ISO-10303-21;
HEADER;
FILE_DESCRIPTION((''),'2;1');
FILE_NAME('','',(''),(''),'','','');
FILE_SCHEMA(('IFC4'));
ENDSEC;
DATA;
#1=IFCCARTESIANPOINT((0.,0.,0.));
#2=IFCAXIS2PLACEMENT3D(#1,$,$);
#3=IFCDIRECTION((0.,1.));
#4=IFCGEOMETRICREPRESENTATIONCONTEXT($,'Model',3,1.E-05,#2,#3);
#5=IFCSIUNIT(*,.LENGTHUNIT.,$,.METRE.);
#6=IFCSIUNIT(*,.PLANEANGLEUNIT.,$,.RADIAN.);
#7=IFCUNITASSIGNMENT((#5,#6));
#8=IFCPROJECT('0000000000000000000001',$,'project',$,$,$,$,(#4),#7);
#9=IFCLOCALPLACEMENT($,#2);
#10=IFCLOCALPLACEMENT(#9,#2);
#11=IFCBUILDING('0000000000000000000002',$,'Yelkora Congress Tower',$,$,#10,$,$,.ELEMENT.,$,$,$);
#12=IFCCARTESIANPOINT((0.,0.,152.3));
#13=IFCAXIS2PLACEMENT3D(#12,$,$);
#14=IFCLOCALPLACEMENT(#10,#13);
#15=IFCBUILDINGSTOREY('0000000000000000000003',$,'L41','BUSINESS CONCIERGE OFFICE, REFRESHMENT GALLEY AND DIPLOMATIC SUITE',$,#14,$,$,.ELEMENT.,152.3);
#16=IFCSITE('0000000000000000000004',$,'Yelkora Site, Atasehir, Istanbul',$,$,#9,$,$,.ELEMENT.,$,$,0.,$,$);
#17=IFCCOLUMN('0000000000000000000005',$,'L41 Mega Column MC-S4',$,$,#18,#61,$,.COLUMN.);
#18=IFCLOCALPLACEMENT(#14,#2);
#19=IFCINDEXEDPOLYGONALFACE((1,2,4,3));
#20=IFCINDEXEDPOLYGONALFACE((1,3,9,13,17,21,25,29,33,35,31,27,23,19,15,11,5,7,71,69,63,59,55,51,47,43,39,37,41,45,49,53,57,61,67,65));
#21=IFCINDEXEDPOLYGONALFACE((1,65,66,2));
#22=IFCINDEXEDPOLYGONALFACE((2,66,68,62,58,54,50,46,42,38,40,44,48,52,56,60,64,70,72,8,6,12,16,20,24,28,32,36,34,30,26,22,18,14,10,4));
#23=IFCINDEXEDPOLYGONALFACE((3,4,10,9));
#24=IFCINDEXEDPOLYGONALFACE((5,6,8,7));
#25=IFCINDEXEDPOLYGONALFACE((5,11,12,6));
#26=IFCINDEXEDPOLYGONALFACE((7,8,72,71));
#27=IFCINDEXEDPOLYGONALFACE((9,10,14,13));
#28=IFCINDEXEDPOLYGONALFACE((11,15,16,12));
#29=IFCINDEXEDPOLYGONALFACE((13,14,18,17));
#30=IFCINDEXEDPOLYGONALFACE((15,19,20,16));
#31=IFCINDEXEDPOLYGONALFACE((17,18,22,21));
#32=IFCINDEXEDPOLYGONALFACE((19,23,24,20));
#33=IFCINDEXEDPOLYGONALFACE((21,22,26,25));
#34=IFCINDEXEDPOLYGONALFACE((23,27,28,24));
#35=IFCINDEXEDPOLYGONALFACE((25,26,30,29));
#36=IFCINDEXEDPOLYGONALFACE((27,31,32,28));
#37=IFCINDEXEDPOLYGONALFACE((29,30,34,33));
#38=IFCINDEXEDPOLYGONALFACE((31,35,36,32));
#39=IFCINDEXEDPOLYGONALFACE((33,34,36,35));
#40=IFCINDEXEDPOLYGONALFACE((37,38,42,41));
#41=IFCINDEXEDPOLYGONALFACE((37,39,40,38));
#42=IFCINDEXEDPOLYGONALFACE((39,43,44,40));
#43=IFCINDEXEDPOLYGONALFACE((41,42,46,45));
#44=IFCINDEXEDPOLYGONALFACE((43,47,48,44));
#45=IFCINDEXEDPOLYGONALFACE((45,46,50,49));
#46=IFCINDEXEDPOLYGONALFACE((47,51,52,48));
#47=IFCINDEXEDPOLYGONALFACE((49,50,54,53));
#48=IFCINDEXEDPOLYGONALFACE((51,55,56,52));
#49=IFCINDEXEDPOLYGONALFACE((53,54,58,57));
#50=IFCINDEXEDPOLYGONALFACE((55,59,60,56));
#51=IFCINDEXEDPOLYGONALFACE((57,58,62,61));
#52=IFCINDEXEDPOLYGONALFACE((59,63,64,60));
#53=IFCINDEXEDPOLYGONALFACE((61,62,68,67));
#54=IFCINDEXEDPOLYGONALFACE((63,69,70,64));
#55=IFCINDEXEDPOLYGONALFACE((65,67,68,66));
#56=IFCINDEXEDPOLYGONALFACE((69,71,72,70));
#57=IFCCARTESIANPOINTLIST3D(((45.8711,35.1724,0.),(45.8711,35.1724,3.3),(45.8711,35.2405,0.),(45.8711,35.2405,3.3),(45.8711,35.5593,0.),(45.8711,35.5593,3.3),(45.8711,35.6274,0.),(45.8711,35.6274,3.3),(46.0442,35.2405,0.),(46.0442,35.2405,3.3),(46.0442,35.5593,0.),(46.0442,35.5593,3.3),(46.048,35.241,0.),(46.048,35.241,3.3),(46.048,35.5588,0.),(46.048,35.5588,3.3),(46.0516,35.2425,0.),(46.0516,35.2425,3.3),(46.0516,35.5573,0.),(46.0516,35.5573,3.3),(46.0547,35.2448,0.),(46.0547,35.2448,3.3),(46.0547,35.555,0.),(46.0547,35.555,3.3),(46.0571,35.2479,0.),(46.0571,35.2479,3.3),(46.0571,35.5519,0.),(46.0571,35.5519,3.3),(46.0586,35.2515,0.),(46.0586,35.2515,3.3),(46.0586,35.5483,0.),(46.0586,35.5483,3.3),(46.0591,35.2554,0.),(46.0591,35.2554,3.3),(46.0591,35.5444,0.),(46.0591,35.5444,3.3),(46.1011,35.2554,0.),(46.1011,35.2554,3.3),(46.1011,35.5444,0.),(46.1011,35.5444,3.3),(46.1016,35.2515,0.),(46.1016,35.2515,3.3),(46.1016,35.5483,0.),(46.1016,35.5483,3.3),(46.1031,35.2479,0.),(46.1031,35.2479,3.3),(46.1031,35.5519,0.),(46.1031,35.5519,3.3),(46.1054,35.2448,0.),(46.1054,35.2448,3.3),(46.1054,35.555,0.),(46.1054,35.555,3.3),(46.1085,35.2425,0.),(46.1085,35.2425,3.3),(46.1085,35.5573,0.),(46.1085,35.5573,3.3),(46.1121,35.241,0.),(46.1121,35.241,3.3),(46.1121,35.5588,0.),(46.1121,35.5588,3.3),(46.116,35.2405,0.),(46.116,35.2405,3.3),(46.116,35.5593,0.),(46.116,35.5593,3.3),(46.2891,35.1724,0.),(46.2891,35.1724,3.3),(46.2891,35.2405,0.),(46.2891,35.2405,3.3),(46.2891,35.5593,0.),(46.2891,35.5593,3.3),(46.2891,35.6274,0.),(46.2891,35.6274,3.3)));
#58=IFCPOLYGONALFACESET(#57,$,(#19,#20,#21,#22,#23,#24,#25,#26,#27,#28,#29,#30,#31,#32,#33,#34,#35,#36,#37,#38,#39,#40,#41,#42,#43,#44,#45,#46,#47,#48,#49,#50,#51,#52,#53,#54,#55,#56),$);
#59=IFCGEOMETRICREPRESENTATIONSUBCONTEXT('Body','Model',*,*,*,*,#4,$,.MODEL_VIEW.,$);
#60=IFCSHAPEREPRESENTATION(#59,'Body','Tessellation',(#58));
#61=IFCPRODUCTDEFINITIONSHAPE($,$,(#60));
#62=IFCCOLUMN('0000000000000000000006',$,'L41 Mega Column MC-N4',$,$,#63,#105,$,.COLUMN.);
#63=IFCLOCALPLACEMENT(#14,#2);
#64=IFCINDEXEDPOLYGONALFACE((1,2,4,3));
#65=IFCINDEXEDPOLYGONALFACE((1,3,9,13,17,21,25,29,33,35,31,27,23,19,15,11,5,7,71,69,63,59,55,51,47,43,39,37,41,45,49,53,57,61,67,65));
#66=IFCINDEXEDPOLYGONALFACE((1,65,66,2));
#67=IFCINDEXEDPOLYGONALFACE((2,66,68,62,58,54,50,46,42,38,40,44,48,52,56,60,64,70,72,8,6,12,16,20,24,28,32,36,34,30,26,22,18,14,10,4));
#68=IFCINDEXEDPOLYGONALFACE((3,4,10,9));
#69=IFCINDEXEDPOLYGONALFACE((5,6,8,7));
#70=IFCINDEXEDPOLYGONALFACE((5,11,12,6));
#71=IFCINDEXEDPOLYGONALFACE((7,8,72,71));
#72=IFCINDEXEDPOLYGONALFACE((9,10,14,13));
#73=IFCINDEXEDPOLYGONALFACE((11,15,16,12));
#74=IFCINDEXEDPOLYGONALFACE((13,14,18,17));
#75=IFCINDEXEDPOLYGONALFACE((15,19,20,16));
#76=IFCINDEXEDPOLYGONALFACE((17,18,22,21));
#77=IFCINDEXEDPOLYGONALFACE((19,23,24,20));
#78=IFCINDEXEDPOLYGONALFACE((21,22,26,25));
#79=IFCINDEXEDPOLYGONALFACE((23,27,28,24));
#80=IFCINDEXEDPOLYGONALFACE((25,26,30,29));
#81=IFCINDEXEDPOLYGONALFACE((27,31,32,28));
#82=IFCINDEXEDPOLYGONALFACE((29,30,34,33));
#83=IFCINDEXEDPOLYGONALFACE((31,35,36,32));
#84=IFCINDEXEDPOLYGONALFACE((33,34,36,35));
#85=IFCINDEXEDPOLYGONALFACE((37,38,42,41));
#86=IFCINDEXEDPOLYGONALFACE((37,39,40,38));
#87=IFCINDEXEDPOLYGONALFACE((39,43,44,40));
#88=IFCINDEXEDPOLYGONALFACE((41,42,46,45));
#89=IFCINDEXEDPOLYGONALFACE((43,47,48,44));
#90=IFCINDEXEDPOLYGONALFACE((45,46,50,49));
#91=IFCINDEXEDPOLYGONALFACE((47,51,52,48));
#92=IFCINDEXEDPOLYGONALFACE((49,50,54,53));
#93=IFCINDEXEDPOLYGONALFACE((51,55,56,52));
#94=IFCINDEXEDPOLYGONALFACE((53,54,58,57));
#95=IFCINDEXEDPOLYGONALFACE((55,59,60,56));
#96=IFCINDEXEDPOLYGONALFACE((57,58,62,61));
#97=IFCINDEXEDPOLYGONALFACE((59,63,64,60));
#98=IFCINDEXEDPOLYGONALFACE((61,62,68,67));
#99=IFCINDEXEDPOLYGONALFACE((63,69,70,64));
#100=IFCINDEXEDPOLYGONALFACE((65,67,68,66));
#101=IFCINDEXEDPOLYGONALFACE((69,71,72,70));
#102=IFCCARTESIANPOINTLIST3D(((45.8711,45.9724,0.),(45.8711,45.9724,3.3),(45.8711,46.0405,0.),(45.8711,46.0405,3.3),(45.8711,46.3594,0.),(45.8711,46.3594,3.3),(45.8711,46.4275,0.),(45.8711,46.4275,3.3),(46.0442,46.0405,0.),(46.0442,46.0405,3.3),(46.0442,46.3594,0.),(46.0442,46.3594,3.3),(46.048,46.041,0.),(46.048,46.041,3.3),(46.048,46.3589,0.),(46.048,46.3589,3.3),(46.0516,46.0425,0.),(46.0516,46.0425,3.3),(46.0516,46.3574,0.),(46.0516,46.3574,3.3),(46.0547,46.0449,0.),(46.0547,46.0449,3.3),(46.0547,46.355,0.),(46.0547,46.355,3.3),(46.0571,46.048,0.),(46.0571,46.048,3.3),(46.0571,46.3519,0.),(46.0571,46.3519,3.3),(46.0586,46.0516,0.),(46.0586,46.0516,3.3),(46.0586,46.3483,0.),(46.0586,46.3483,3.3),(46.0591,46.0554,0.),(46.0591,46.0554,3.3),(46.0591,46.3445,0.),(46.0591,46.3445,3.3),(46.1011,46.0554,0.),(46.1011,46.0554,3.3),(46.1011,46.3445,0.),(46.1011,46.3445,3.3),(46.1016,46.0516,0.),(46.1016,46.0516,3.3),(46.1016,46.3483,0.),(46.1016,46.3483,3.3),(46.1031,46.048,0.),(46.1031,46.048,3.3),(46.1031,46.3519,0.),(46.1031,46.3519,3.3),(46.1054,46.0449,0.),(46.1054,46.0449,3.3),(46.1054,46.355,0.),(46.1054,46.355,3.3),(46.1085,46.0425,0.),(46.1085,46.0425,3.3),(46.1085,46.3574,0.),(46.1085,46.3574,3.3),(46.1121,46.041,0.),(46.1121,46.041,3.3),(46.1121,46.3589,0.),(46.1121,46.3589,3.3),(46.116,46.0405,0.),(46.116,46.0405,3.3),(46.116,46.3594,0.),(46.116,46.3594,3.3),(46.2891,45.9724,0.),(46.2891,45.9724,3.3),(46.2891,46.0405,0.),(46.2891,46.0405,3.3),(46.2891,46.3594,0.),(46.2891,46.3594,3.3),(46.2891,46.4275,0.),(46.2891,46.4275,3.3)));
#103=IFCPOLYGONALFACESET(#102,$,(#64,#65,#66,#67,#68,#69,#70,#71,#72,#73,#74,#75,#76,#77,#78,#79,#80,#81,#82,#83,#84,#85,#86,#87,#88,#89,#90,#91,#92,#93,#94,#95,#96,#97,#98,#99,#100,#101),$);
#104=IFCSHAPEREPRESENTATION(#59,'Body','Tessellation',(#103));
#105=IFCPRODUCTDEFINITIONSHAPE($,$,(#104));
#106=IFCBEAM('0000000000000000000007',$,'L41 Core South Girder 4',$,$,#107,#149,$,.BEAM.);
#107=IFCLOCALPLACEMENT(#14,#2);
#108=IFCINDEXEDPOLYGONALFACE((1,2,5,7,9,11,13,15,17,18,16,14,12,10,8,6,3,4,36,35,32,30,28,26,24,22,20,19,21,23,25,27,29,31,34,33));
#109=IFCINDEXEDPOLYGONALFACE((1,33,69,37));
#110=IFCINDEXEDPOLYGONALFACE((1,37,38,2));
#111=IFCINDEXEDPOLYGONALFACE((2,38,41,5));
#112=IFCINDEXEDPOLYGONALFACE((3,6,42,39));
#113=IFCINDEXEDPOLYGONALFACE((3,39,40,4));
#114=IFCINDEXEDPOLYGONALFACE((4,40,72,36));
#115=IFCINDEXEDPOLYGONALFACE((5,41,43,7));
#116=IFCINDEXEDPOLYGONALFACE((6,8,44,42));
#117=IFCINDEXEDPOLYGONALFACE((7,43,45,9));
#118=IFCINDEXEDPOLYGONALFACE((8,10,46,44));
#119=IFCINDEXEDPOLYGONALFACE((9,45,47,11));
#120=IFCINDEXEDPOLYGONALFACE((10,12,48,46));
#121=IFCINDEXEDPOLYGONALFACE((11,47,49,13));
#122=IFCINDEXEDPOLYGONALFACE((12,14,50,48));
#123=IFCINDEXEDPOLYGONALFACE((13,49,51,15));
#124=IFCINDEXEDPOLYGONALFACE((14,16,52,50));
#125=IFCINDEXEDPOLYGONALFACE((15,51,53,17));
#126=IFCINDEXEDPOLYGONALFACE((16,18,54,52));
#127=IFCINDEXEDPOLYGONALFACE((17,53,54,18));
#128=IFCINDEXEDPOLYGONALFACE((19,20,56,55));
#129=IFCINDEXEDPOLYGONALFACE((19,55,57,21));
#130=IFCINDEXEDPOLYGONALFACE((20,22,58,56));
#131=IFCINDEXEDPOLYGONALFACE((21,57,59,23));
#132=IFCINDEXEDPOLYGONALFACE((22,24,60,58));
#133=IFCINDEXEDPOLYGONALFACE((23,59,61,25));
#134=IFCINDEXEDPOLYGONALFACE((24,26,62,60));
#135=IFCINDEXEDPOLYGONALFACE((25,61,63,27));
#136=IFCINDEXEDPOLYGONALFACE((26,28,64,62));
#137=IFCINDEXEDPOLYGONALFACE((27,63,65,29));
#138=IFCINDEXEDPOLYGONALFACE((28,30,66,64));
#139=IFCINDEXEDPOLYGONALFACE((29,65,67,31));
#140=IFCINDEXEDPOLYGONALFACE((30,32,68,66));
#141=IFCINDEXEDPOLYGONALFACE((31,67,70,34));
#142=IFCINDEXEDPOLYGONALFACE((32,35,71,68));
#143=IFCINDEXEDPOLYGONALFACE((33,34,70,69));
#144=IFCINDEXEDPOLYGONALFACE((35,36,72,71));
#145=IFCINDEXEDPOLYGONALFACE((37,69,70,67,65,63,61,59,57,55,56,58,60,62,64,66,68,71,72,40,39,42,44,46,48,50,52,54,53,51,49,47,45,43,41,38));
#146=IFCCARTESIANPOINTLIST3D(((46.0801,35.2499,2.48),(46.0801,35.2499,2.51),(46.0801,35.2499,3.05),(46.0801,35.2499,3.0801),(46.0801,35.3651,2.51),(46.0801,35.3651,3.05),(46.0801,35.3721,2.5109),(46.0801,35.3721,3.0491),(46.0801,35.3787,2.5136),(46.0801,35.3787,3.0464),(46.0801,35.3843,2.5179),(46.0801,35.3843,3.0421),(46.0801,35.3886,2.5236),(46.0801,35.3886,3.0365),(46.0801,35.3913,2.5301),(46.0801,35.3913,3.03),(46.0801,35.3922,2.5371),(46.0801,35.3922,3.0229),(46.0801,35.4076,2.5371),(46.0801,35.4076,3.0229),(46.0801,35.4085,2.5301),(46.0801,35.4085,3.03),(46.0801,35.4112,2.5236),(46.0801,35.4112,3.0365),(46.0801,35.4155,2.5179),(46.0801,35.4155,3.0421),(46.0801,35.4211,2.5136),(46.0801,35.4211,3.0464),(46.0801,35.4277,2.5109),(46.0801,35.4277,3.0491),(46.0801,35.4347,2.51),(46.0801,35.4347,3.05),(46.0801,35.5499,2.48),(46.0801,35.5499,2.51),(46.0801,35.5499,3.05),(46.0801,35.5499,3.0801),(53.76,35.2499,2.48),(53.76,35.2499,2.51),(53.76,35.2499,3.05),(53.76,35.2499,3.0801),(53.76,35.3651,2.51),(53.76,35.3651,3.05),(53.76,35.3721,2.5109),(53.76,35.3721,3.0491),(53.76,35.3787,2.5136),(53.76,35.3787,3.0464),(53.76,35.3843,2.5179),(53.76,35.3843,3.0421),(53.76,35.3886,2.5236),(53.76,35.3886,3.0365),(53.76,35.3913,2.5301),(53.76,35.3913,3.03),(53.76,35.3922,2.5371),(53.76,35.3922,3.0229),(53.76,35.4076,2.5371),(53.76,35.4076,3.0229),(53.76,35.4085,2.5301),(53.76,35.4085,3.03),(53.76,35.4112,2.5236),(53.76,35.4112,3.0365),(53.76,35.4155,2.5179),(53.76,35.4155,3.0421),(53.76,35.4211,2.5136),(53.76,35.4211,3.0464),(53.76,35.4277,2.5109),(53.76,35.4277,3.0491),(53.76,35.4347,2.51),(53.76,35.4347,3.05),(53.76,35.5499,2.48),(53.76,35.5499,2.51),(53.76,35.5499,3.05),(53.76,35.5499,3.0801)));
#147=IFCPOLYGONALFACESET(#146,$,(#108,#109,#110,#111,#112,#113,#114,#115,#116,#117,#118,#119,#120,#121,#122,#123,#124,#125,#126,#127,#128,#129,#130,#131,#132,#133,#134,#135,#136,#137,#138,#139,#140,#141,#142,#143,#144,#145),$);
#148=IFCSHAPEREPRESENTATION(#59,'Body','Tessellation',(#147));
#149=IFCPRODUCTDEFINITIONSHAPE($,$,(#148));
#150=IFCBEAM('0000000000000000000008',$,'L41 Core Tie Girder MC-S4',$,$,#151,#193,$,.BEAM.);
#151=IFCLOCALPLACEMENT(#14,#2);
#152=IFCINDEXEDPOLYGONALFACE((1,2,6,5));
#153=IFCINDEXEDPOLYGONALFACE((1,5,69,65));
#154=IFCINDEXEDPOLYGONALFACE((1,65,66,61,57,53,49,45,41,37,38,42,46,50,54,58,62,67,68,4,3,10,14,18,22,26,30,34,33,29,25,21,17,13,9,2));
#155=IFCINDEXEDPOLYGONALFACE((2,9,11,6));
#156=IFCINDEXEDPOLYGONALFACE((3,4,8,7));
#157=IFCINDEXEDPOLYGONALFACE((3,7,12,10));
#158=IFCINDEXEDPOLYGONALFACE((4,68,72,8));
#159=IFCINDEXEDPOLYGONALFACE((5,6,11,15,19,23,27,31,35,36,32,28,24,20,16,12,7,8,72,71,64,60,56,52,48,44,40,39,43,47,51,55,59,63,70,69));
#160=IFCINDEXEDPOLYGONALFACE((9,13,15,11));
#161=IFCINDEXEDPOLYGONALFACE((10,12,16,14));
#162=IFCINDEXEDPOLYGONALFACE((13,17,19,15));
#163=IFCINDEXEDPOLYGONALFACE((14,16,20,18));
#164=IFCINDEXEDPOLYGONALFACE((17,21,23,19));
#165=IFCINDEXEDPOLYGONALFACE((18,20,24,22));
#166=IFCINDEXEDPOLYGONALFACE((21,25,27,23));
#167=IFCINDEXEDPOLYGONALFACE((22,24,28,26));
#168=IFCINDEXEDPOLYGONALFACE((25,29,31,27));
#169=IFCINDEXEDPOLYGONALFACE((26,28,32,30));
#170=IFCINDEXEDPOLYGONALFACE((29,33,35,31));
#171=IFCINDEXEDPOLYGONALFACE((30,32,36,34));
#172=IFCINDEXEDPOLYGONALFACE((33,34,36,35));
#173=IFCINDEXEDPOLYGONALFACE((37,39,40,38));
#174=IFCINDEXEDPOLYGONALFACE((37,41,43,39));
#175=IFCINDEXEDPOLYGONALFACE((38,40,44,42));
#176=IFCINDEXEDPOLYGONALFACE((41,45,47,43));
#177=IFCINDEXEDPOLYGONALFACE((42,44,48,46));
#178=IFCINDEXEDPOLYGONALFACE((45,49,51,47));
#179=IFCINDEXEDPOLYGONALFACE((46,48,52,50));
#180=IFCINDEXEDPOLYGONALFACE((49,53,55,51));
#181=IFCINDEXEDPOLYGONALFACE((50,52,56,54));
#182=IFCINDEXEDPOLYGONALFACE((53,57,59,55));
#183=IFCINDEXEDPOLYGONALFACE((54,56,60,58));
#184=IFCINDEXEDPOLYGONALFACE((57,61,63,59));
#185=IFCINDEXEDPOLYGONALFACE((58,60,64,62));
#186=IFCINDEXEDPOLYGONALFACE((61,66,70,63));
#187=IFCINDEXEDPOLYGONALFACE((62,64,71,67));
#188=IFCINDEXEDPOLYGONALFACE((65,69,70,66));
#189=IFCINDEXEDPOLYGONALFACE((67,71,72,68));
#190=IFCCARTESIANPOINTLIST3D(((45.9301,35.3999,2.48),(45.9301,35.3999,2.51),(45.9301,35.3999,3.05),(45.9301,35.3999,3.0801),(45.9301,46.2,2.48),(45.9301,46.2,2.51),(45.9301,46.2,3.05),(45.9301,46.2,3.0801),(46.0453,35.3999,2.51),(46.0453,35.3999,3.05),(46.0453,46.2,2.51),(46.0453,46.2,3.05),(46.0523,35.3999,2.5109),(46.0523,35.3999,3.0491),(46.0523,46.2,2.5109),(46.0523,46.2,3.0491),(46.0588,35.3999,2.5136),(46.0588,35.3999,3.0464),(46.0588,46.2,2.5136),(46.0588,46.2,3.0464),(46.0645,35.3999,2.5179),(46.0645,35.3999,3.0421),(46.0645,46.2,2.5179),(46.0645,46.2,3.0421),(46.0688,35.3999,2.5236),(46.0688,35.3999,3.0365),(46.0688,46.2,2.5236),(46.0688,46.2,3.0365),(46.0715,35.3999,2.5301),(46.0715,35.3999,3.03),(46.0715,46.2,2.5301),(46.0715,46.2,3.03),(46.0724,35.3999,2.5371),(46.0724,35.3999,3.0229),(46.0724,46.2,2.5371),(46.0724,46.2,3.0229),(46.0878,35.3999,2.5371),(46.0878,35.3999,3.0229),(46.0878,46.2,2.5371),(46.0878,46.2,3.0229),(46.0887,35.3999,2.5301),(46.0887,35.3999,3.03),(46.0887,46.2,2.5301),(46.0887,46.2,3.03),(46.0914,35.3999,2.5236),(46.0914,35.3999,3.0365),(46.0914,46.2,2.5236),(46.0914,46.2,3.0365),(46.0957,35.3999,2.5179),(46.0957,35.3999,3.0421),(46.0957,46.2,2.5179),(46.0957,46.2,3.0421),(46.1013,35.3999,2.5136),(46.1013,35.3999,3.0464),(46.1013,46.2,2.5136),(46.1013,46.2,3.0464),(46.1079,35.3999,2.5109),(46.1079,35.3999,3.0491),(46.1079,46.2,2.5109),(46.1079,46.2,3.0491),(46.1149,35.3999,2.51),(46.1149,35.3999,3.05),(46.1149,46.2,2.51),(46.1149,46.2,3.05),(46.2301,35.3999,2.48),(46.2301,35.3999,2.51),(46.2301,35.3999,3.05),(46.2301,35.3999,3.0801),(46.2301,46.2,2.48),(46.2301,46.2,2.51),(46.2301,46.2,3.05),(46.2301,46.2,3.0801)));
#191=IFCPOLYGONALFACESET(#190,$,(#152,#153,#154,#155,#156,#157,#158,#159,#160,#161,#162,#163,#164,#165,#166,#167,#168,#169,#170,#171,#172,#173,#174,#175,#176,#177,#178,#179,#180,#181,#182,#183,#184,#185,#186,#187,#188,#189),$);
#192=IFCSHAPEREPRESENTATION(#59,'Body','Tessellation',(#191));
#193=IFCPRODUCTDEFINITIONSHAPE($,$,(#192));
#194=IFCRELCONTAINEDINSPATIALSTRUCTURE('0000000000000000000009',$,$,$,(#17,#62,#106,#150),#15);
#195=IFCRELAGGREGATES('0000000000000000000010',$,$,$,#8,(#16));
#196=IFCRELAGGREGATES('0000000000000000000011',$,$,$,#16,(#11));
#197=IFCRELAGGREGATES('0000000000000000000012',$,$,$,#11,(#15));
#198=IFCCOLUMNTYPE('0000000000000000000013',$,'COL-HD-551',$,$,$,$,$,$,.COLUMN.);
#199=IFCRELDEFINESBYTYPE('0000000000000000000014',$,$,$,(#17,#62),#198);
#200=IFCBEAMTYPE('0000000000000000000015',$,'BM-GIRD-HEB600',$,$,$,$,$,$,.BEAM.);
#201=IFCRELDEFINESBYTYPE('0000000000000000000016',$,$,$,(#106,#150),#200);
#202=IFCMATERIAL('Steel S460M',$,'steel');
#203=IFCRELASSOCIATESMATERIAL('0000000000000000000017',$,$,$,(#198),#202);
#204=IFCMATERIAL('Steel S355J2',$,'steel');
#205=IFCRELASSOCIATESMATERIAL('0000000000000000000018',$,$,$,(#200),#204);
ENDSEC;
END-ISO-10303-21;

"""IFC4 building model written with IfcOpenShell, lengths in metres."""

from ifc_helpers import new_model, si_unit, direction, frame, origin, origin_2d, place, context, subcontext, project, spatial, i_section, extrude, material, material_profile, profile_set, type_object, element, save


model = new_model("IFC4")

# Units and contexts
model_context = context("Model", 3, precision=1e-05, world=origin(), true_north=direction((0.0, 1.0)))
body_context = subcontext(model_context, "Body", "Model", "MODEL_VIEW")
ifc_project = project(units=[si_unit("LENGTHUNIT", "METRE"), si_unit("PLANEANGLEUNIT", "RADIAN")], contexts=[model_context])

# Site, building, storey
site_placement = place(None, origin())
site = spatial("IfcSite", under=ifc_project, at=site_placement, Name="Yelkora Site, Atasehir, Istanbul", CompositionType="ELEMENT", RefElevation=0.0)
building_placement = place(site_placement, origin())
building = spatial("IfcBuilding", under=site, at=building_placement, Name="Yelkora Congress Tower", CompositionType="ELEMENT")
storey_placement = place(building_placement, frame((0.0, 0.0, 152.3)))
storey = spatial("IfcBuildingStorey", under=building, at=storey_placement, Name="L41", Description="BUSINESS CONCIERGE OFFICE, REFRESHMENT GALLEY AND DIPLOMATIC SUITE", CompositionType="ELEMENT", Elevation=152.3)

# Columns
ifc_material_1 = material(Name="Steel S460M", Category="steel")
ifc_material_profile_1 = material_profile(ifc_material_1, i_section(OverallWidth=0.418, OverallDepth=0.4551, WebThickness=0.042, FlangeThickness=0.0681, FilletRadius=0.0149, at=origin_2d()), Name="HD 400x551")
ifc_profile_set_1 = profile_set([ifc_material_profile_1], Name="Steel S460M")
column_type = type_object("IfcColumnType", Name="COL-HD-551", PredefinedType="COLUMN", material=ifc_profile_set_1)
for number, where, z_axis, x_axis, name in (
    (1, (46.0801, 35.3999, 0.0), (0.0, 0.0, 1.0), (1.0, 0.0, 0.0), "L41 Mega Column MC-S4"),
    (2, (46.0801, 46.2, 0.0), (0.0, 0.0, 1.0), (1.0, 0.0, 0.0), "L41 Mega Column MC-N4"),
):
    element("IfcColumn", number, at=place(storey_placement, frame(where, z_axis=z_axis, x_axis=x_axis)), inside=storey, type_object=column_type, Name=name, PredefinedType="COLUMN", context=body_context, shape_type="SweptSolid", body=[
        extrude(i_section(OverallWidth=0.418, OverallDepth=0.4551, WebThickness=0.042, FlangeThickness=0.0681, FilletRadius=0.0149, at=origin_2d()), origin(), (0.0, 0.0, 1.0), 3.3),
    ])

# Beams
ifc_material_2 = material(Name="Steel S355J2", Category="steel")
ifc_material_profile_2 = material_profile(ifc_material_2, i_section(OverallWidth=0.3, OverallDepth=0.6001, WebThickness=0.0154, FlangeThickness=0.03, FilletRadius=0.0271, at=origin_2d()), Name="HEB 600")
ifc_profile_set_2 = profile_set([ifc_material_profile_2], Name="Steel S355J2")
beam_type_1 = type_object("IfcBeamType", Name="BM-GIRD-HEB600", PredefinedType="BEAM", material=ifc_profile_set_2)
beam_1_placement = place(storey_placement, frame((46.0801, 35.3999, 2.78), z_axis=(1.0, 0.0, 0.0), x_axis=(0.0, 1.0, 0.0)))
element("IfcBeam", 3, at=beam_1_placement, inside=storey, type_object=beam_type_1, Name="L41 Core South Girder 4", PredefinedType="BEAM", context=body_context, shape_type="SweptSolid", body=[
    extrude(i_section(OverallWidth=0.3, OverallDepth=0.6001, WebThickness=0.0154, FlangeThickness=0.03, FilletRadius=0.0271, at=origin_2d()), origin(), (0.0, 0.0, 1.0), 7.6799),
])
beam_2_placement = place(storey_placement, frame((46.0801, 35.3999, 2.78), z_axis=(0.0, 1.0, 0.0), x_axis=(-1.0, 0.0, 0.0)))
element("IfcBeam", 4, at=beam_2_placement, inside=storey, type_object=beam_type_1, Name="L41 Core Tie Girder MC-S4", PredefinedType="BEAM", context=body_context, shape_type="SweptSolid", body=[
    extrude(i_section(OverallWidth=0.3, OverallDepth=0.6001, WebThickness=0.0154, FlangeThickness=0.03, FilletRadius=0.0271, at=origin_2d()), origin(), (0.0, 0.0, 1.0), 10.8),
])

save(model, "model.ifc")
